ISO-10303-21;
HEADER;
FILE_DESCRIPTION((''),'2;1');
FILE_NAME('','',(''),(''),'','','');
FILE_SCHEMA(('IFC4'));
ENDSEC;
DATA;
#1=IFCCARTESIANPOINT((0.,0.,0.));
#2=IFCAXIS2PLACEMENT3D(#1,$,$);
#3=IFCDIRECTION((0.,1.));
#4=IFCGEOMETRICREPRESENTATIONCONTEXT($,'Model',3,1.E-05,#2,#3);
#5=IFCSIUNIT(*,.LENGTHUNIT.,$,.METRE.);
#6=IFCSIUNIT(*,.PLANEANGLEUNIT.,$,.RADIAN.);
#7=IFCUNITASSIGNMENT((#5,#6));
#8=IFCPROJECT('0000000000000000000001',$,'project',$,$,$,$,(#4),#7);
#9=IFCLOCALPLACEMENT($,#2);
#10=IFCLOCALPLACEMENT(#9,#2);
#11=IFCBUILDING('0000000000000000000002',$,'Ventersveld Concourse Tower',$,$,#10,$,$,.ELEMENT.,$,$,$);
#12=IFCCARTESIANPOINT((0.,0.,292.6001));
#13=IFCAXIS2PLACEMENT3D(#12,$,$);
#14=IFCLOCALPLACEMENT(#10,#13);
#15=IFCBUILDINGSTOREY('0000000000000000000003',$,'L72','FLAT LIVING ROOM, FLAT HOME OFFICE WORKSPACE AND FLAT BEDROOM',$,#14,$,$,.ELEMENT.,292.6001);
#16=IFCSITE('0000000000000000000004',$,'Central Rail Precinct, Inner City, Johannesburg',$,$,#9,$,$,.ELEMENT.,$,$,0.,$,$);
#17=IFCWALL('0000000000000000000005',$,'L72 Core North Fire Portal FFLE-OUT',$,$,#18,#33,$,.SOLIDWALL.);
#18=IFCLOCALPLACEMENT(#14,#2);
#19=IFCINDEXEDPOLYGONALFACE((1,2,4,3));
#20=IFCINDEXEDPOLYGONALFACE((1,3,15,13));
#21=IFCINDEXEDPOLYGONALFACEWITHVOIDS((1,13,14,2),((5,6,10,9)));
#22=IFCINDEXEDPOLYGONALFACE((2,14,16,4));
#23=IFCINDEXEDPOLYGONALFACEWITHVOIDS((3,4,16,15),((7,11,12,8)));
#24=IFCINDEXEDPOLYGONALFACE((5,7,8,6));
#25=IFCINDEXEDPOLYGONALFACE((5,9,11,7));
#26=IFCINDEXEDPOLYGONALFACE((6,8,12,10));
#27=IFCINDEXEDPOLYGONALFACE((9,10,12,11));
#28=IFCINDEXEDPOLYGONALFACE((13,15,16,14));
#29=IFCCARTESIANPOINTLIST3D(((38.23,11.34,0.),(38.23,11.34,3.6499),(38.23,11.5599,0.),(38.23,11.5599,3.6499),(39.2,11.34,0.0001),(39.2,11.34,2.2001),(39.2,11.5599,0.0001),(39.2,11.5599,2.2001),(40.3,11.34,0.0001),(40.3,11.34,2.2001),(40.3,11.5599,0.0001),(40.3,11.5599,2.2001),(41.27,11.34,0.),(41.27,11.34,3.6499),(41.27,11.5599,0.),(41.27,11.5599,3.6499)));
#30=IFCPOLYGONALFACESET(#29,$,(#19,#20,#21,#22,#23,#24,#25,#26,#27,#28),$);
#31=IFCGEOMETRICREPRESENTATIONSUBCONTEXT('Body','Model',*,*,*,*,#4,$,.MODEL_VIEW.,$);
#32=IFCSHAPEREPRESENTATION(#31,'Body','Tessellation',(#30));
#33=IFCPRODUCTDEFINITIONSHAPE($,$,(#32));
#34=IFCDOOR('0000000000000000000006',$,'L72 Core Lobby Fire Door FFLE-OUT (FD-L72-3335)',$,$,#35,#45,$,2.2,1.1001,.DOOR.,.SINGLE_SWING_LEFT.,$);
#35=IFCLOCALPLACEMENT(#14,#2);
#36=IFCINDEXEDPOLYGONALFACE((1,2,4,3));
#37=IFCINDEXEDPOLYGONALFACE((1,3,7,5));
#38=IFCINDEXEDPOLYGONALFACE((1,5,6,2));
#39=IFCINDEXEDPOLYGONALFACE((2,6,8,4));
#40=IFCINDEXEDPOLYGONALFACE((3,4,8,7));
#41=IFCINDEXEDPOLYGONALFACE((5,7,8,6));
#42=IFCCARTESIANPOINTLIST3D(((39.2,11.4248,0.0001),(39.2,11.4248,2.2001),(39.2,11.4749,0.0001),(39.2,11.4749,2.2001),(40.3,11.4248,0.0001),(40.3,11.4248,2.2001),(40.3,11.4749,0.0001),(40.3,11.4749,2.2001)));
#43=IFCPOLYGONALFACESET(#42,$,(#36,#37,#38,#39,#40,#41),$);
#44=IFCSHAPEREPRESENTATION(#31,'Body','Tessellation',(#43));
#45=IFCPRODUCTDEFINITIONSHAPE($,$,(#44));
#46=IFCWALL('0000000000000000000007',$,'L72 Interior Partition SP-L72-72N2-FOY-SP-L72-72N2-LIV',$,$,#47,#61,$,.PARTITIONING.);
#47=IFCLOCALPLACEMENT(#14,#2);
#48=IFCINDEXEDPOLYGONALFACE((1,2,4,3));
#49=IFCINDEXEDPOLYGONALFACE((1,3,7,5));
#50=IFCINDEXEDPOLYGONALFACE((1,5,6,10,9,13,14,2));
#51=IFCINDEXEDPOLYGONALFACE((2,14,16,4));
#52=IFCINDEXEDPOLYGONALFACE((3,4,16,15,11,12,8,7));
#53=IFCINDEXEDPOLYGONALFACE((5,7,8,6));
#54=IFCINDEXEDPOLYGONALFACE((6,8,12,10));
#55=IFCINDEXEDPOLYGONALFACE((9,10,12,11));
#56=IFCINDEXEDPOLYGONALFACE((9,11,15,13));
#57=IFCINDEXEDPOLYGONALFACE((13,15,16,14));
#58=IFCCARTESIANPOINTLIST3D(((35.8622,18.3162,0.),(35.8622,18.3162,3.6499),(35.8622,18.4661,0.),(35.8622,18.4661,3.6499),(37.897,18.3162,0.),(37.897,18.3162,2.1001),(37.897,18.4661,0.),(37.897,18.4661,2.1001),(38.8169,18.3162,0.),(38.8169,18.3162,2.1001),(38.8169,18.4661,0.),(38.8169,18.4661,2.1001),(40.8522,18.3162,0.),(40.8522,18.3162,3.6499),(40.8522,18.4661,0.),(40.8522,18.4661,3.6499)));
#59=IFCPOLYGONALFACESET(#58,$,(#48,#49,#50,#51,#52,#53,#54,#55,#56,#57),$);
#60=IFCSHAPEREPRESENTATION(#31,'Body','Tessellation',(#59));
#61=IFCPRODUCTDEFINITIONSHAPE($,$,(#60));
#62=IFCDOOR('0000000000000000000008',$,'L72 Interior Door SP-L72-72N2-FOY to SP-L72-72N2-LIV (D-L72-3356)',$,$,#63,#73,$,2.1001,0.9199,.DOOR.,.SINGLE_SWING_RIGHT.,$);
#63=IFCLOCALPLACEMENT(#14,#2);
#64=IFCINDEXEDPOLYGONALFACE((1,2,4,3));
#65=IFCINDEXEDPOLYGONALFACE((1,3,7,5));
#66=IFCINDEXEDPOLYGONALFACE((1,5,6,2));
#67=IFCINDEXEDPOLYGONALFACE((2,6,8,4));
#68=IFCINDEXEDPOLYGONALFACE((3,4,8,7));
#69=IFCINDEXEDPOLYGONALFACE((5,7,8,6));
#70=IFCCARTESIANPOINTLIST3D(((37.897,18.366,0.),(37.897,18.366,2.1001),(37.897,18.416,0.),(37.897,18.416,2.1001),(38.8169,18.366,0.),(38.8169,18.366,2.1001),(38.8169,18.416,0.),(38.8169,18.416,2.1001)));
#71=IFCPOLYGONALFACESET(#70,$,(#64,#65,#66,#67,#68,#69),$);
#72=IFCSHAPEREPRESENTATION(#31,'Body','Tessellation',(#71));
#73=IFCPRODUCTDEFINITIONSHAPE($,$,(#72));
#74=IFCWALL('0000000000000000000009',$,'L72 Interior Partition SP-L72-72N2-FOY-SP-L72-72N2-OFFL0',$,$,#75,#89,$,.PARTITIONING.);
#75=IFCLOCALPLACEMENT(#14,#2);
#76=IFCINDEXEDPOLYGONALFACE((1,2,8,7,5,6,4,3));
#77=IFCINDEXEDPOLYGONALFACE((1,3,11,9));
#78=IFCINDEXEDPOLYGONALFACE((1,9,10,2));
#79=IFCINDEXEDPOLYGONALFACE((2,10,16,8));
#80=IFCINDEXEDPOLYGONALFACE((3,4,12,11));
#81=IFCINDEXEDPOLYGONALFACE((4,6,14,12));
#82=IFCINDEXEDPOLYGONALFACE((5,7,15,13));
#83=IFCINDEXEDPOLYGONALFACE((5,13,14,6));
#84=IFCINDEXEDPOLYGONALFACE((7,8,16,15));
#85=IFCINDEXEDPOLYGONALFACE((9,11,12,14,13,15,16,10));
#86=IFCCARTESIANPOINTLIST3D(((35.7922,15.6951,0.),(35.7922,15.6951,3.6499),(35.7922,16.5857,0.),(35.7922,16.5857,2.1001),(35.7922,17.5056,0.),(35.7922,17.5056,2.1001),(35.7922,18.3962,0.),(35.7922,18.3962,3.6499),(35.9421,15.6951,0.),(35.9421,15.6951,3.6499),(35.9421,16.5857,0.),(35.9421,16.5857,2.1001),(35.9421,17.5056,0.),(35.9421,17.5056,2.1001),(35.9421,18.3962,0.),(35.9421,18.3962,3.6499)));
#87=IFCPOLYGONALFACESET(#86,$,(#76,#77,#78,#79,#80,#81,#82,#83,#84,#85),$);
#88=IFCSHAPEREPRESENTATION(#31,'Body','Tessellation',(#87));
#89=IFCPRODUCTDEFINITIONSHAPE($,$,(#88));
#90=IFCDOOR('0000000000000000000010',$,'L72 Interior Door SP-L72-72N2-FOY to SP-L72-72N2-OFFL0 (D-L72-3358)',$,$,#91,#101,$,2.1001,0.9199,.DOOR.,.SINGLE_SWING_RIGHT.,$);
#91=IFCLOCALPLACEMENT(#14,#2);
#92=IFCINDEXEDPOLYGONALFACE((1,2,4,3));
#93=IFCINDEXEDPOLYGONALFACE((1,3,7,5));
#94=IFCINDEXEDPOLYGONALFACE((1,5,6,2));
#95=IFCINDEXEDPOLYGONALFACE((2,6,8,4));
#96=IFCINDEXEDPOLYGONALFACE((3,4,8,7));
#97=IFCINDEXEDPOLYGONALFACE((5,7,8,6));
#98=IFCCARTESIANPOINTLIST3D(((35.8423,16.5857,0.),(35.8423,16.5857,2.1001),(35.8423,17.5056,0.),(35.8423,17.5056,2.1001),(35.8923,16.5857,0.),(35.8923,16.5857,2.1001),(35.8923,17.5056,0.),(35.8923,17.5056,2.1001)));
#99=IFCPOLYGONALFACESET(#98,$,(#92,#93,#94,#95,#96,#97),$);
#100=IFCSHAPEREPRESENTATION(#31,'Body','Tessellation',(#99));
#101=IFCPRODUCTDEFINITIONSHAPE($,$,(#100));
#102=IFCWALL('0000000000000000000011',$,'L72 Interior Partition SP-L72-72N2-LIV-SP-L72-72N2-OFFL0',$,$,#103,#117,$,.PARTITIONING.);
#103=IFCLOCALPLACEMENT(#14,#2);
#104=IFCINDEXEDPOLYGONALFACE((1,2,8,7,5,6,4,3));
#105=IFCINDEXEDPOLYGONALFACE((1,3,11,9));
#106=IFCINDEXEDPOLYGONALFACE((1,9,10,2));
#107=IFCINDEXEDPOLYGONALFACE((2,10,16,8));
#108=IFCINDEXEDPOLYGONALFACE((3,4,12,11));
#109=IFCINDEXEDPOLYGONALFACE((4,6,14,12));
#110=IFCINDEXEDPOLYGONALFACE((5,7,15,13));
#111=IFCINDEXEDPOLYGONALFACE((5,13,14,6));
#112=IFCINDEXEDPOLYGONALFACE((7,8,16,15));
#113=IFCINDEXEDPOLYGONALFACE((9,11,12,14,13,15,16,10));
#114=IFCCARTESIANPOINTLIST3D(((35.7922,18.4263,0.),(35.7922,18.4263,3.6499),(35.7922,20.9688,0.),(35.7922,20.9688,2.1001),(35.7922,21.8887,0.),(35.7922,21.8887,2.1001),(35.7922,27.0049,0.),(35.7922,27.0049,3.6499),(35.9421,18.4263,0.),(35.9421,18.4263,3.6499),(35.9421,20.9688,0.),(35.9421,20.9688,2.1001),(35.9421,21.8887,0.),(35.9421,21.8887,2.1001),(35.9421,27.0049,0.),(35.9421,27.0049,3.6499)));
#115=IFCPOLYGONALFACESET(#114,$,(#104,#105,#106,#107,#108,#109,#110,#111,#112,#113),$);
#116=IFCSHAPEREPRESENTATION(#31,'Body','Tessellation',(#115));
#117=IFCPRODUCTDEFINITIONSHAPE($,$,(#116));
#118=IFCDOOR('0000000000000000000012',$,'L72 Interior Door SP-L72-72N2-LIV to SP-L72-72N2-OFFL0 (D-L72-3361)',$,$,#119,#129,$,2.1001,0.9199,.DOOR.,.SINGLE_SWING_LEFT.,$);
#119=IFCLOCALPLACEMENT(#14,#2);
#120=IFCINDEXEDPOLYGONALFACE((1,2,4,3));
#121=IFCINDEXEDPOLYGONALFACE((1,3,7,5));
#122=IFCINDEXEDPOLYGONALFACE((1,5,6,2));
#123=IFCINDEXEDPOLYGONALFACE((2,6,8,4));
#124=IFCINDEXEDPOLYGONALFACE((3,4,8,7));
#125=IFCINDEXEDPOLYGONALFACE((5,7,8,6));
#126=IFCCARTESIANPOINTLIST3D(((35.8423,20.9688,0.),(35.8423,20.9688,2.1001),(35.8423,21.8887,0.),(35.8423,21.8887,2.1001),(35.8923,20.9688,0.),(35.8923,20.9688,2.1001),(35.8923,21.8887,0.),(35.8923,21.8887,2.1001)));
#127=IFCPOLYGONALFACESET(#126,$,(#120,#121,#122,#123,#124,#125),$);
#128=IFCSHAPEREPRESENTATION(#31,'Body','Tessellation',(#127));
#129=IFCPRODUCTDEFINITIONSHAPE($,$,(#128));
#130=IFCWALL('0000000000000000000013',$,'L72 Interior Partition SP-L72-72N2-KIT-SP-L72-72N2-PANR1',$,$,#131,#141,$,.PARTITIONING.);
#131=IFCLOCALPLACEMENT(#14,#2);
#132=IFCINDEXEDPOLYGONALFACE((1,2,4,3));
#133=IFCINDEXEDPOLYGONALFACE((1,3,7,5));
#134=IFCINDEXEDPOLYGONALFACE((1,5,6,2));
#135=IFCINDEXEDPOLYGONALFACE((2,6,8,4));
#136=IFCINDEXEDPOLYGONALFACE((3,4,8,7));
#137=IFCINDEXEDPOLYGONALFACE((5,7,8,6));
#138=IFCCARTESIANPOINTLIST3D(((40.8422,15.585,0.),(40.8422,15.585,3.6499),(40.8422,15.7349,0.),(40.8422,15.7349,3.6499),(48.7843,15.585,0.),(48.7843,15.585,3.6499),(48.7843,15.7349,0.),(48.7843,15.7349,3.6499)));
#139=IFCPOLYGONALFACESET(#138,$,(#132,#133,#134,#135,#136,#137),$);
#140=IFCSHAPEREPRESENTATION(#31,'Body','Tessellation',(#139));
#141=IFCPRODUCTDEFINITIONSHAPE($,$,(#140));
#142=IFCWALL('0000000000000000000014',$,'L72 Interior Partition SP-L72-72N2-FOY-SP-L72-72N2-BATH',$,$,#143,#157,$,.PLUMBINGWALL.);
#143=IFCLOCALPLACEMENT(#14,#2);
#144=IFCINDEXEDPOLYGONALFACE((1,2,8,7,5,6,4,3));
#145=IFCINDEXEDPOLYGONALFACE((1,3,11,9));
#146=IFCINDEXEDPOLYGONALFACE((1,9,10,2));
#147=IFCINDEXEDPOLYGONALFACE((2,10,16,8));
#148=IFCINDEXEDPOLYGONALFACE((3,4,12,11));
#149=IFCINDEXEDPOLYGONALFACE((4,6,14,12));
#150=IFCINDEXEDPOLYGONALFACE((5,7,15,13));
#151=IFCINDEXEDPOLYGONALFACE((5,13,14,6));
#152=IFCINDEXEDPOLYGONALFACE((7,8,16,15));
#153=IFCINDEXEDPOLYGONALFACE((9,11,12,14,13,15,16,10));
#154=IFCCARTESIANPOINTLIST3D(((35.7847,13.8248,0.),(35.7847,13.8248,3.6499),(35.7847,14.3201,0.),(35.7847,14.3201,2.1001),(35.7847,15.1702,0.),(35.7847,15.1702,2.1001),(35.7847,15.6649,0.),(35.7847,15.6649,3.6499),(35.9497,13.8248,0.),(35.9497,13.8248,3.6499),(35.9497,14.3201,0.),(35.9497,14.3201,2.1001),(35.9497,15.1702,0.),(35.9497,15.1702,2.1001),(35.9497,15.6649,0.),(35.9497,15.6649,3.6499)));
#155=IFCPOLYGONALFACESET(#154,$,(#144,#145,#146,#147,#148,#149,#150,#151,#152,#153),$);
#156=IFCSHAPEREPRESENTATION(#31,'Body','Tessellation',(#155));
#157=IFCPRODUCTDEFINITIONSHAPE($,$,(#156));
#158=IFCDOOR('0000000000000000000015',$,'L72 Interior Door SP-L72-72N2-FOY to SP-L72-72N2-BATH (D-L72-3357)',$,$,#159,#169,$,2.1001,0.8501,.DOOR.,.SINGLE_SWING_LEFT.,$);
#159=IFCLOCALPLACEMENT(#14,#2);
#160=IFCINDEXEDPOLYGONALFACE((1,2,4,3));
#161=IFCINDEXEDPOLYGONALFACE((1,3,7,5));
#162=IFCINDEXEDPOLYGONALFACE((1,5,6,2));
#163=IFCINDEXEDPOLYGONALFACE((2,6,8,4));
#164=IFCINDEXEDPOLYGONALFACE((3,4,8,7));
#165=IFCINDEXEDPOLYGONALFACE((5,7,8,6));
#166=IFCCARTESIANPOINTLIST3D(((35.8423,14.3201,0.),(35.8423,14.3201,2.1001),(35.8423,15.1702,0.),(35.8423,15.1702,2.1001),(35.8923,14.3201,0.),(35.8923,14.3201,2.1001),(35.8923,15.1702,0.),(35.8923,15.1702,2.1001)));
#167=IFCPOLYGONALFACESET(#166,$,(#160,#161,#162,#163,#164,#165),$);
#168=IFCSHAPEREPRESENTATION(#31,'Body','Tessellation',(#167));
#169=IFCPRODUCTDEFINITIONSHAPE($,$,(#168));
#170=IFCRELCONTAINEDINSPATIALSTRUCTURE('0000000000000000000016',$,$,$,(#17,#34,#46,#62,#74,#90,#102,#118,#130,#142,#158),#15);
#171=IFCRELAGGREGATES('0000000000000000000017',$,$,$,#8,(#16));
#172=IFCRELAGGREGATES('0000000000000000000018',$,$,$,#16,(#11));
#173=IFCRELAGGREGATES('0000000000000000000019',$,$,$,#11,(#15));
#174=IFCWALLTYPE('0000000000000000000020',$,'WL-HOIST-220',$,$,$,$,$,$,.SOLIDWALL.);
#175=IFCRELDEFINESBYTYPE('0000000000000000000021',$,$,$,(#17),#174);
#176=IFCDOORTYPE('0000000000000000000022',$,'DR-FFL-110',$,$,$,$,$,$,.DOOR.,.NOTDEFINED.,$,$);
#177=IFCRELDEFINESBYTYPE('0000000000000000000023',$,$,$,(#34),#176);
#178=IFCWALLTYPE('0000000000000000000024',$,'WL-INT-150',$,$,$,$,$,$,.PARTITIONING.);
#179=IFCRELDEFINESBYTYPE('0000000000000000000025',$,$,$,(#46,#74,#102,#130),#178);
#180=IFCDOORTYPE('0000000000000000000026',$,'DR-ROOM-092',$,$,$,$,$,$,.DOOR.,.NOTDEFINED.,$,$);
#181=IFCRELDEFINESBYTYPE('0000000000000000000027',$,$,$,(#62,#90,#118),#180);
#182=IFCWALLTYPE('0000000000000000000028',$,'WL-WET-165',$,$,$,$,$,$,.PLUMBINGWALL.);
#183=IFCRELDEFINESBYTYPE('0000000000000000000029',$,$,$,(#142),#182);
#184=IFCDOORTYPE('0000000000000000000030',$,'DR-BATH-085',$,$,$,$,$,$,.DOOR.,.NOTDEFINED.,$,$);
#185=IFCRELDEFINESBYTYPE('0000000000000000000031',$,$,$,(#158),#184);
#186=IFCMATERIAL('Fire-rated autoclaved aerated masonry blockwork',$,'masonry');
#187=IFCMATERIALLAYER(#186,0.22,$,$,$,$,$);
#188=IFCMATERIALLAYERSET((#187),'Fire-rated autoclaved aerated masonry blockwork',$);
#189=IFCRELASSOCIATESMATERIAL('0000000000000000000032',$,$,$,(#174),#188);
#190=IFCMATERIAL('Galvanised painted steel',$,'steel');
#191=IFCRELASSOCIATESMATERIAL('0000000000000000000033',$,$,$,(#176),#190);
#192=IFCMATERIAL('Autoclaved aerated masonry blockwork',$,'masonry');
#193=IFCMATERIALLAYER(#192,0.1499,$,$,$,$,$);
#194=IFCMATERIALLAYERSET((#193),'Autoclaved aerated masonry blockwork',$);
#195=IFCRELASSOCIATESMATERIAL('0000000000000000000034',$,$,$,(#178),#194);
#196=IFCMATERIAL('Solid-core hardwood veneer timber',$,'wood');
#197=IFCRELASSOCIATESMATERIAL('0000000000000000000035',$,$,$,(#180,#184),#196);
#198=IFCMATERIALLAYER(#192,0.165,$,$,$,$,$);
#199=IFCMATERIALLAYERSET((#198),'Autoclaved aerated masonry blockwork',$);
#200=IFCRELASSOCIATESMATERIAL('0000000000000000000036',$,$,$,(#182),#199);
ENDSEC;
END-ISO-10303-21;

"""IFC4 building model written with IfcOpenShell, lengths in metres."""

from ifc_helpers import new_model, si_unit, direction, frame, frame_2d, origin, place, context, subcontext, project, spatial, rectangle, extrude, material, layer, layer_set, type_object, element, fill, save


model = new_model("IFC4")

# Units and contexts
model_context = context("Model", 3, precision=1e-05, world=origin(), true_north=direction((0.0, 1.0)))
body_context = subcontext(model_context, "Body", "Model", "MODEL_VIEW")
ifc_project = project(units=[si_unit("LENGTHUNIT", "METRE"), si_unit("PLANEANGLEUNIT", "RADIAN")], contexts=[model_context])

# Site, building, storey
site_placement = place(None, origin())
site = spatial("IfcSite", under=ifc_project, at=site_placement, Name="Central Rail Precinct, Inner City, Johannesburg", CompositionType="ELEMENT", RefElevation=0.0)
building_placement = place(site_placement, origin())
building = spatial("IfcBuilding", under=site, at=building_placement, Name="Ventersveld Concourse Tower", CompositionType="ELEMENT")
storey_placement = place(building_placement, frame((0.0, 0.0, 292.6001)))
storey = spatial("IfcBuildingStorey", under=building, at=storey_placement, Name="L72", Description="FLAT LIVING ROOM, FLAT HOME OFFICE WORKSPACE AND FLAT BEDROOM", CompositionType="ELEMENT", Elevation=292.6001)

# Shared definitions
ifc_material_1 = material(Name="Fire-rated autoclaved aerated masonry blockwork", Category="masonry")
ifc_material_2 = material(Name="Solid-core hardwood veneer timber", Category="wood")

# Walls, openings, doors
ifc_layer_1 = layer(ifc_material_1, 0.22)
ifc_layer_set_1 = layer_set([ifc_layer_1], Name="Fire-rated autoclaved aerated masonry blockwork")
wall_type_1 = type_object("IfcWallType", Name="WL-HOIST-220", PredefinedType="SOLIDWALL", material=ifc_layer_set_1)
wall_1_placement = place(storey_placement, frame((38.23, 11.45, 0.0), z_axis=(0.0, 0.0, 1.0), x_axis=(1.0, 0.0, 0.0)))
wall_1 = element("IfcWall", 1, at=wall_1_placement, inside=storey, type_object=wall_type_1, Name="L72 Core North Fire Portal FFLE-OUT", PredefinedType="SOLIDWALL", context=body_context, shape_type="SweptSolid", body=[
    extrude(rectangle(XDim=3.04, YDim=0.22, at=frame_2d((1.52, 0.0))), origin(), (0.0, 0.0, 1.0), 3.6499),
])
opening_1_placement = place(wall_1_placement, frame((0.97, 0.0, 0.0)))
opening_1 = element("IfcOpeningElement", 2, at=opening_1_placement, cuts=wall_1, PredefinedType="OPENING", context=body_context, shape_type="SweptSolid", body=[
    extrude(rectangle(XDim=1.1001, YDim=2.2, at=frame_2d((0.55, 1.1001))), frame((0.0, 0.1201, 0.0), z_axis=(0.0, -1.0, 0.0), x_axis=(1.0, 0.0, 0.0)), (0.0, 0.0, 1.0), 0.24),
])
ifc_material_3 = material(Name="Galvanised painted steel", Category="steel")
door_type_1 = type_object("IfcDoorType", Name="DR-FFL-110", OperationType="NOTDEFINED", PredefinedType="DOOR", material=ifc_material_3)
door_1_placement = place(opening_1_placement, origin())
door_1 = element("IfcDoor", 3, at=door_1_placement, inside=storey, type_object=door_type_1, Name="L72 Core Lobby Fire Door FFLE-OUT (FD-L72-3335)", OperationType="SINGLE_SWING_LEFT", OverallHeight=2.2, OverallWidth=1.1001, PredefinedType="DOOR", context=body_context, shape_type="SweptSolid", body=[
    extrude(rectangle(XDim=1.1001, YDim=2.2, at=frame_2d((0.55, 1.1001))), frame((0.0, 0.0249, 0.0), z_axis=(0.0, -1.0, 0.0), x_axis=(1.0, 0.0, 0.0)), (0.0, 0.0, 1.0), 0.05),
])
fill(opening_1, door_1)
ifc_material_4 = material(Name="Autoclaved aerated masonry blockwork", Category="masonry")
ifc_layer_2 = layer(ifc_material_4, 0.1499)
ifc_layer_set_2 = layer_set([ifc_layer_2], Name="Autoclaved aerated masonry blockwork")
wall_type_2 = type_object("IfcWallType", Name="WL-INT-150", PredefinedType="PARTITIONING", material=ifc_layer_set_2)
wall_2_placement = place(storey_placement, frame((35.8621, 18.3911, 0.0), z_axis=(0.0, 0.0, 1.0), x_axis=(1.0, 0.0, 0.0)))
wall_2 = element("IfcWall", 4, at=wall_2_placement, inside=storey, type_object=wall_type_2, Name="L72 Interior Partition SP-L72-72N2-FOY-SP-L72-72N2-LIV", PredefinedType="PARTITIONING", context=body_context, shape_type="SweptSolid", body=[
    extrude(rectangle(XDim=4.99, YDim=0.1499, at=frame_2d((2.4951, 0.0))), origin(), (0.0, 0.0, 1.0), 3.6499),
])
opening_2_placement = place(wall_2_placement, frame((2.0349, 0.0, 0.0)))
opening_2 = element("IfcOpeningElement", 5, at=opening_2_placement, cuts=wall_2, PredefinedType="OPENING", context=body_context, shape_type="SweptSolid", body=[
    extrude(rectangle(XDim=0.9199, YDim=2.1001, at=frame_2d((0.46, 1.05))), frame((0.0, 0.085, 0.0), z_axis=(0.0, -1.0, 0.0), x_axis=(1.0, 0.0, 0.0)), (0.0, 0.0, 1.0), 0.1699),
])
door_type_2 = type_object("IfcDoorType", Name="DR-ROOM-092", OperationType="NOTDEFINED", PredefinedType="DOOR", material=ifc_material_2)
door_2_placement = place(opening_2_placement, origin())
door_2 = element("IfcDoor", 6, at=door_2_placement, inside=storey, type_object=door_type_2, Name="L72 Interior Door SP-L72-72N2-FOY to SP-L72-72N2-LIV (D-L72-3356)", OperationType="SINGLE_SWING_RIGHT", OverallHeight=2.1001, OverallWidth=0.9199, PredefinedType="DOOR", context=body_context, shape_type="SweptSolid", body=[
    extrude(rectangle(XDim=0.9199, YDim=2.1001, at=frame_2d((0.46, 1.05))), frame((0.0, 0.0249, 0.0), z_axis=(0.0, -1.0, 0.0), x_axis=(1.0, 0.0, 0.0)), (0.0, 0.0, 1.0), 0.05),
])
fill(opening_2, door_2)
wall_3_placement = place(storey_placement, frame((35.8672, 15.6951, 0.0), z_axis=(0.0, 0.0, 1.0), x_axis=(0.0, 1.0, 0.0)))
wall_3 = element("IfcWall", 7, at=wall_3_placement, inside=storey, type_object=wall_type_2, Name="L72 Interior Partition SP-L72-72N2-FOY-SP-L72-72N2-OFFL0", PredefinedType="PARTITIONING", context=body_context, shape_type="SweptSolid", body=[
    extrude(rectangle(XDim=2.7012, YDim=0.1499, at=frame_2d((1.3506, 0.0))), origin(), (0.0, 0.0, 1.0), 3.6499),
])
opening_3_placement = place(wall_3_placement, frame((0.8906, 0.0, 0.0)))
opening_3 = element("IfcOpeningElement", 8, at=opening_3_placement, cuts=wall_3, PredefinedType="OPENING", context=body_context, shape_type="SweptSolid", body=[
    extrude(rectangle(XDim=0.9199, YDim=2.1001, at=frame_2d((0.46, 1.05))), frame((0.0, 0.085, 0.0), z_axis=(0.0, -1.0, 0.0), x_axis=(1.0, 0.0, 0.0)), (0.0, 0.0, 1.0), 0.1699),
])
door_3_placement = place(opening_3_placement, origin())
door_3 = element("IfcDoor", 9, at=door_3_placement, inside=storey, type_object=door_type_2, Name="L72 Interior Door SP-L72-72N2-FOY to SP-L72-72N2-OFFL0 (D-L72-3358)", OperationType="SINGLE_SWING_RIGHT", OverallHeight=2.1001, OverallWidth=0.9199, PredefinedType="DOOR", context=body_context, shape_type="SweptSolid", body=[
    extrude(rectangle(XDim=0.9199, YDim=2.1001, at=frame_2d((0.46, 1.05))), frame((0.0, 0.0249, 0.0), z_axis=(0.0, -1.0, 0.0), x_axis=(1.0, 0.0, 0.0)), (0.0, 0.0, 1.0), 0.05),
])
fill(opening_3, door_3)
wall_4_placement = place(storey_placement, frame((35.8672, 18.4263, 0.0), z_axis=(0.0, 0.0, 1.0), x_axis=(0.0, 1.0, 0.0)))
wall_4 = element("IfcWall", 10, at=wall_4_placement, inside=storey, type_object=wall_type_2, Name="L72 Interior Partition SP-L72-72N2-LIV-SP-L72-72N2-OFFL0", PredefinedType="PARTITIONING", context=body_context, shape_type="SweptSolid", body=[
    extrude(rectangle(XDim=8.5786, YDim=0.1499, at=frame_2d((4.2893, 0.0))), origin(), (0.0, 0.0, 1.0), 3.6499),
])
opening_4_placement = place(wall_4_placement, frame((2.5425, 0.0, 0.0)))
opening_4 = element("IfcOpeningElement", 11, at=opening_4_placement, cuts=wall_4, PredefinedType="OPENING", context=body_context, shape_type="SweptSolid", body=[
    extrude(rectangle(XDim=0.9199, YDim=2.1001, at=frame_2d((0.46, 1.05))), frame((0.0, 0.085, 0.0), z_axis=(0.0, -1.0, 0.0), x_axis=(1.0, 0.0, 0.0)), (0.0, 0.0, 1.0), 0.1699),
])
door_4_placement = place(opening_4_placement, origin())
door_4 = element("IfcDoor", 12, at=door_4_placement, inside=storey, type_object=door_type_2, Name="L72 Interior Door SP-L72-72N2-LIV to SP-L72-72N2-OFFL0 (D-L72-3361)", OperationType="SINGLE_SWING_LEFT", OverallHeight=2.1001, OverallWidth=0.9199, PredefinedType="DOOR", context=body_context, shape_type="SweptSolid", body=[
    extrude(rectangle(XDim=0.9199, YDim=2.1001, at=frame_2d((0.46, 1.05))), frame((0.0, 0.0249, 0.0), z_axis=(0.0, -1.0, 0.0), x_axis=(1.0, 0.0, 0.0)), (0.0, 0.0, 1.0), 0.05),
])
fill(opening_4, door_4)

# Wall
wall_5_placement = place(storey_placement, frame((40.842, 15.6599, 0.0), z_axis=(0.0, 0.0, 1.0), x_axis=(1.0, 0.0, 0.0)))
element("IfcWall", 13, at=wall_5_placement, inside=storey, type_object=wall_type_2, Name="L72 Interior Partition SP-L72-72N2-KIT-SP-L72-72N2-PANR1", PredefinedType="PARTITIONING", context=body_context, shape_type="SweptSolid", body=[
    extrude(rectangle(XDim=7.9421, YDim=0.1499, at=frame_2d((3.9712, 0.0))), origin(), (0.0, 0.0, 1.0), 3.6499),
])

# Wall, opening, door
ifc_layer_3 = layer(ifc_material_4, 0.165)
ifc_layer_set_3 = layer_set([ifc_layer_3], Name="Autoclaved aerated masonry blockwork")
wall_type_3 = type_object("IfcWallType", Name="WL-WET-165", PredefinedType="PLUMBINGWALL", material=ifc_layer_set_3)
wall_6_placement = place(storey_placement, frame((35.8672, 13.825, 0.0), z_axis=(0.0, 0.0, 1.0), x_axis=(0.0, 1.0, 0.0)))
wall_6 = element("IfcWall", 14, at=wall_6_placement, inside=storey, type_object=wall_type_3, Name="L72 Interior Partition SP-L72-72N2-FOY-SP-L72-72N2-BATH", PredefinedType="PLUMBINGWALL", context=body_context, shape_type="SweptSolid", body=[
    extrude(rectangle(XDim=1.8401, YDim=0.165, at=frame_2d((0.9199, 0.0))), origin(), (0.0, 0.0, 1.0), 3.6499),
])
opening_5_placement = place(wall_6_placement, frame((0.4951, 0.0, 0.0)))
opening_5 = element("IfcOpeningElement", 15, at=opening_5_placement, cuts=wall_6, PredefinedType="OPENING", context=body_context, shape_type="SweptSolid", body=[
    extrude(rectangle(XDim=0.8501, YDim=2.1001, at=frame_2d((0.425, 1.05))), frame((0.0, 0.0925, 0.0), z_axis=(0.0, -1.0, 0.0), x_axis=(1.0, 0.0, 0.0)), (0.0, 0.0, 1.0), 0.1851),
])
door_type_3 = type_object("IfcDoorType", Name="DR-BATH-085", OperationType="NOTDEFINED", PredefinedType="DOOR", material=ifc_material_2)
door_5_placement = place(opening_5_placement, origin())
door_5 = element("IfcDoor", 16, at=door_5_placement, inside=storey, type_object=door_type_3, Name="L72 Interior Door SP-L72-72N2-FOY to SP-L72-72N2-BATH (D-L72-3357)", OperationType="SINGLE_SWING_LEFT", OverallHeight=2.1001, OverallWidth=0.8501, PredefinedType="DOOR", context=body_context, shape_type="SweptSolid", body=[
    extrude(rectangle(XDim=0.8501, YDim=2.1001, at=frame_2d((0.425, 1.05))), frame((0.0, 0.0249, 0.0), z_axis=(0.0, -1.0, 0.0), x_axis=(1.0, 0.0, 0.0)), (0.0, 0.0, 1.0), 0.05),
])
fill(opening_5, door_5)

save(model, "model.ifc")
